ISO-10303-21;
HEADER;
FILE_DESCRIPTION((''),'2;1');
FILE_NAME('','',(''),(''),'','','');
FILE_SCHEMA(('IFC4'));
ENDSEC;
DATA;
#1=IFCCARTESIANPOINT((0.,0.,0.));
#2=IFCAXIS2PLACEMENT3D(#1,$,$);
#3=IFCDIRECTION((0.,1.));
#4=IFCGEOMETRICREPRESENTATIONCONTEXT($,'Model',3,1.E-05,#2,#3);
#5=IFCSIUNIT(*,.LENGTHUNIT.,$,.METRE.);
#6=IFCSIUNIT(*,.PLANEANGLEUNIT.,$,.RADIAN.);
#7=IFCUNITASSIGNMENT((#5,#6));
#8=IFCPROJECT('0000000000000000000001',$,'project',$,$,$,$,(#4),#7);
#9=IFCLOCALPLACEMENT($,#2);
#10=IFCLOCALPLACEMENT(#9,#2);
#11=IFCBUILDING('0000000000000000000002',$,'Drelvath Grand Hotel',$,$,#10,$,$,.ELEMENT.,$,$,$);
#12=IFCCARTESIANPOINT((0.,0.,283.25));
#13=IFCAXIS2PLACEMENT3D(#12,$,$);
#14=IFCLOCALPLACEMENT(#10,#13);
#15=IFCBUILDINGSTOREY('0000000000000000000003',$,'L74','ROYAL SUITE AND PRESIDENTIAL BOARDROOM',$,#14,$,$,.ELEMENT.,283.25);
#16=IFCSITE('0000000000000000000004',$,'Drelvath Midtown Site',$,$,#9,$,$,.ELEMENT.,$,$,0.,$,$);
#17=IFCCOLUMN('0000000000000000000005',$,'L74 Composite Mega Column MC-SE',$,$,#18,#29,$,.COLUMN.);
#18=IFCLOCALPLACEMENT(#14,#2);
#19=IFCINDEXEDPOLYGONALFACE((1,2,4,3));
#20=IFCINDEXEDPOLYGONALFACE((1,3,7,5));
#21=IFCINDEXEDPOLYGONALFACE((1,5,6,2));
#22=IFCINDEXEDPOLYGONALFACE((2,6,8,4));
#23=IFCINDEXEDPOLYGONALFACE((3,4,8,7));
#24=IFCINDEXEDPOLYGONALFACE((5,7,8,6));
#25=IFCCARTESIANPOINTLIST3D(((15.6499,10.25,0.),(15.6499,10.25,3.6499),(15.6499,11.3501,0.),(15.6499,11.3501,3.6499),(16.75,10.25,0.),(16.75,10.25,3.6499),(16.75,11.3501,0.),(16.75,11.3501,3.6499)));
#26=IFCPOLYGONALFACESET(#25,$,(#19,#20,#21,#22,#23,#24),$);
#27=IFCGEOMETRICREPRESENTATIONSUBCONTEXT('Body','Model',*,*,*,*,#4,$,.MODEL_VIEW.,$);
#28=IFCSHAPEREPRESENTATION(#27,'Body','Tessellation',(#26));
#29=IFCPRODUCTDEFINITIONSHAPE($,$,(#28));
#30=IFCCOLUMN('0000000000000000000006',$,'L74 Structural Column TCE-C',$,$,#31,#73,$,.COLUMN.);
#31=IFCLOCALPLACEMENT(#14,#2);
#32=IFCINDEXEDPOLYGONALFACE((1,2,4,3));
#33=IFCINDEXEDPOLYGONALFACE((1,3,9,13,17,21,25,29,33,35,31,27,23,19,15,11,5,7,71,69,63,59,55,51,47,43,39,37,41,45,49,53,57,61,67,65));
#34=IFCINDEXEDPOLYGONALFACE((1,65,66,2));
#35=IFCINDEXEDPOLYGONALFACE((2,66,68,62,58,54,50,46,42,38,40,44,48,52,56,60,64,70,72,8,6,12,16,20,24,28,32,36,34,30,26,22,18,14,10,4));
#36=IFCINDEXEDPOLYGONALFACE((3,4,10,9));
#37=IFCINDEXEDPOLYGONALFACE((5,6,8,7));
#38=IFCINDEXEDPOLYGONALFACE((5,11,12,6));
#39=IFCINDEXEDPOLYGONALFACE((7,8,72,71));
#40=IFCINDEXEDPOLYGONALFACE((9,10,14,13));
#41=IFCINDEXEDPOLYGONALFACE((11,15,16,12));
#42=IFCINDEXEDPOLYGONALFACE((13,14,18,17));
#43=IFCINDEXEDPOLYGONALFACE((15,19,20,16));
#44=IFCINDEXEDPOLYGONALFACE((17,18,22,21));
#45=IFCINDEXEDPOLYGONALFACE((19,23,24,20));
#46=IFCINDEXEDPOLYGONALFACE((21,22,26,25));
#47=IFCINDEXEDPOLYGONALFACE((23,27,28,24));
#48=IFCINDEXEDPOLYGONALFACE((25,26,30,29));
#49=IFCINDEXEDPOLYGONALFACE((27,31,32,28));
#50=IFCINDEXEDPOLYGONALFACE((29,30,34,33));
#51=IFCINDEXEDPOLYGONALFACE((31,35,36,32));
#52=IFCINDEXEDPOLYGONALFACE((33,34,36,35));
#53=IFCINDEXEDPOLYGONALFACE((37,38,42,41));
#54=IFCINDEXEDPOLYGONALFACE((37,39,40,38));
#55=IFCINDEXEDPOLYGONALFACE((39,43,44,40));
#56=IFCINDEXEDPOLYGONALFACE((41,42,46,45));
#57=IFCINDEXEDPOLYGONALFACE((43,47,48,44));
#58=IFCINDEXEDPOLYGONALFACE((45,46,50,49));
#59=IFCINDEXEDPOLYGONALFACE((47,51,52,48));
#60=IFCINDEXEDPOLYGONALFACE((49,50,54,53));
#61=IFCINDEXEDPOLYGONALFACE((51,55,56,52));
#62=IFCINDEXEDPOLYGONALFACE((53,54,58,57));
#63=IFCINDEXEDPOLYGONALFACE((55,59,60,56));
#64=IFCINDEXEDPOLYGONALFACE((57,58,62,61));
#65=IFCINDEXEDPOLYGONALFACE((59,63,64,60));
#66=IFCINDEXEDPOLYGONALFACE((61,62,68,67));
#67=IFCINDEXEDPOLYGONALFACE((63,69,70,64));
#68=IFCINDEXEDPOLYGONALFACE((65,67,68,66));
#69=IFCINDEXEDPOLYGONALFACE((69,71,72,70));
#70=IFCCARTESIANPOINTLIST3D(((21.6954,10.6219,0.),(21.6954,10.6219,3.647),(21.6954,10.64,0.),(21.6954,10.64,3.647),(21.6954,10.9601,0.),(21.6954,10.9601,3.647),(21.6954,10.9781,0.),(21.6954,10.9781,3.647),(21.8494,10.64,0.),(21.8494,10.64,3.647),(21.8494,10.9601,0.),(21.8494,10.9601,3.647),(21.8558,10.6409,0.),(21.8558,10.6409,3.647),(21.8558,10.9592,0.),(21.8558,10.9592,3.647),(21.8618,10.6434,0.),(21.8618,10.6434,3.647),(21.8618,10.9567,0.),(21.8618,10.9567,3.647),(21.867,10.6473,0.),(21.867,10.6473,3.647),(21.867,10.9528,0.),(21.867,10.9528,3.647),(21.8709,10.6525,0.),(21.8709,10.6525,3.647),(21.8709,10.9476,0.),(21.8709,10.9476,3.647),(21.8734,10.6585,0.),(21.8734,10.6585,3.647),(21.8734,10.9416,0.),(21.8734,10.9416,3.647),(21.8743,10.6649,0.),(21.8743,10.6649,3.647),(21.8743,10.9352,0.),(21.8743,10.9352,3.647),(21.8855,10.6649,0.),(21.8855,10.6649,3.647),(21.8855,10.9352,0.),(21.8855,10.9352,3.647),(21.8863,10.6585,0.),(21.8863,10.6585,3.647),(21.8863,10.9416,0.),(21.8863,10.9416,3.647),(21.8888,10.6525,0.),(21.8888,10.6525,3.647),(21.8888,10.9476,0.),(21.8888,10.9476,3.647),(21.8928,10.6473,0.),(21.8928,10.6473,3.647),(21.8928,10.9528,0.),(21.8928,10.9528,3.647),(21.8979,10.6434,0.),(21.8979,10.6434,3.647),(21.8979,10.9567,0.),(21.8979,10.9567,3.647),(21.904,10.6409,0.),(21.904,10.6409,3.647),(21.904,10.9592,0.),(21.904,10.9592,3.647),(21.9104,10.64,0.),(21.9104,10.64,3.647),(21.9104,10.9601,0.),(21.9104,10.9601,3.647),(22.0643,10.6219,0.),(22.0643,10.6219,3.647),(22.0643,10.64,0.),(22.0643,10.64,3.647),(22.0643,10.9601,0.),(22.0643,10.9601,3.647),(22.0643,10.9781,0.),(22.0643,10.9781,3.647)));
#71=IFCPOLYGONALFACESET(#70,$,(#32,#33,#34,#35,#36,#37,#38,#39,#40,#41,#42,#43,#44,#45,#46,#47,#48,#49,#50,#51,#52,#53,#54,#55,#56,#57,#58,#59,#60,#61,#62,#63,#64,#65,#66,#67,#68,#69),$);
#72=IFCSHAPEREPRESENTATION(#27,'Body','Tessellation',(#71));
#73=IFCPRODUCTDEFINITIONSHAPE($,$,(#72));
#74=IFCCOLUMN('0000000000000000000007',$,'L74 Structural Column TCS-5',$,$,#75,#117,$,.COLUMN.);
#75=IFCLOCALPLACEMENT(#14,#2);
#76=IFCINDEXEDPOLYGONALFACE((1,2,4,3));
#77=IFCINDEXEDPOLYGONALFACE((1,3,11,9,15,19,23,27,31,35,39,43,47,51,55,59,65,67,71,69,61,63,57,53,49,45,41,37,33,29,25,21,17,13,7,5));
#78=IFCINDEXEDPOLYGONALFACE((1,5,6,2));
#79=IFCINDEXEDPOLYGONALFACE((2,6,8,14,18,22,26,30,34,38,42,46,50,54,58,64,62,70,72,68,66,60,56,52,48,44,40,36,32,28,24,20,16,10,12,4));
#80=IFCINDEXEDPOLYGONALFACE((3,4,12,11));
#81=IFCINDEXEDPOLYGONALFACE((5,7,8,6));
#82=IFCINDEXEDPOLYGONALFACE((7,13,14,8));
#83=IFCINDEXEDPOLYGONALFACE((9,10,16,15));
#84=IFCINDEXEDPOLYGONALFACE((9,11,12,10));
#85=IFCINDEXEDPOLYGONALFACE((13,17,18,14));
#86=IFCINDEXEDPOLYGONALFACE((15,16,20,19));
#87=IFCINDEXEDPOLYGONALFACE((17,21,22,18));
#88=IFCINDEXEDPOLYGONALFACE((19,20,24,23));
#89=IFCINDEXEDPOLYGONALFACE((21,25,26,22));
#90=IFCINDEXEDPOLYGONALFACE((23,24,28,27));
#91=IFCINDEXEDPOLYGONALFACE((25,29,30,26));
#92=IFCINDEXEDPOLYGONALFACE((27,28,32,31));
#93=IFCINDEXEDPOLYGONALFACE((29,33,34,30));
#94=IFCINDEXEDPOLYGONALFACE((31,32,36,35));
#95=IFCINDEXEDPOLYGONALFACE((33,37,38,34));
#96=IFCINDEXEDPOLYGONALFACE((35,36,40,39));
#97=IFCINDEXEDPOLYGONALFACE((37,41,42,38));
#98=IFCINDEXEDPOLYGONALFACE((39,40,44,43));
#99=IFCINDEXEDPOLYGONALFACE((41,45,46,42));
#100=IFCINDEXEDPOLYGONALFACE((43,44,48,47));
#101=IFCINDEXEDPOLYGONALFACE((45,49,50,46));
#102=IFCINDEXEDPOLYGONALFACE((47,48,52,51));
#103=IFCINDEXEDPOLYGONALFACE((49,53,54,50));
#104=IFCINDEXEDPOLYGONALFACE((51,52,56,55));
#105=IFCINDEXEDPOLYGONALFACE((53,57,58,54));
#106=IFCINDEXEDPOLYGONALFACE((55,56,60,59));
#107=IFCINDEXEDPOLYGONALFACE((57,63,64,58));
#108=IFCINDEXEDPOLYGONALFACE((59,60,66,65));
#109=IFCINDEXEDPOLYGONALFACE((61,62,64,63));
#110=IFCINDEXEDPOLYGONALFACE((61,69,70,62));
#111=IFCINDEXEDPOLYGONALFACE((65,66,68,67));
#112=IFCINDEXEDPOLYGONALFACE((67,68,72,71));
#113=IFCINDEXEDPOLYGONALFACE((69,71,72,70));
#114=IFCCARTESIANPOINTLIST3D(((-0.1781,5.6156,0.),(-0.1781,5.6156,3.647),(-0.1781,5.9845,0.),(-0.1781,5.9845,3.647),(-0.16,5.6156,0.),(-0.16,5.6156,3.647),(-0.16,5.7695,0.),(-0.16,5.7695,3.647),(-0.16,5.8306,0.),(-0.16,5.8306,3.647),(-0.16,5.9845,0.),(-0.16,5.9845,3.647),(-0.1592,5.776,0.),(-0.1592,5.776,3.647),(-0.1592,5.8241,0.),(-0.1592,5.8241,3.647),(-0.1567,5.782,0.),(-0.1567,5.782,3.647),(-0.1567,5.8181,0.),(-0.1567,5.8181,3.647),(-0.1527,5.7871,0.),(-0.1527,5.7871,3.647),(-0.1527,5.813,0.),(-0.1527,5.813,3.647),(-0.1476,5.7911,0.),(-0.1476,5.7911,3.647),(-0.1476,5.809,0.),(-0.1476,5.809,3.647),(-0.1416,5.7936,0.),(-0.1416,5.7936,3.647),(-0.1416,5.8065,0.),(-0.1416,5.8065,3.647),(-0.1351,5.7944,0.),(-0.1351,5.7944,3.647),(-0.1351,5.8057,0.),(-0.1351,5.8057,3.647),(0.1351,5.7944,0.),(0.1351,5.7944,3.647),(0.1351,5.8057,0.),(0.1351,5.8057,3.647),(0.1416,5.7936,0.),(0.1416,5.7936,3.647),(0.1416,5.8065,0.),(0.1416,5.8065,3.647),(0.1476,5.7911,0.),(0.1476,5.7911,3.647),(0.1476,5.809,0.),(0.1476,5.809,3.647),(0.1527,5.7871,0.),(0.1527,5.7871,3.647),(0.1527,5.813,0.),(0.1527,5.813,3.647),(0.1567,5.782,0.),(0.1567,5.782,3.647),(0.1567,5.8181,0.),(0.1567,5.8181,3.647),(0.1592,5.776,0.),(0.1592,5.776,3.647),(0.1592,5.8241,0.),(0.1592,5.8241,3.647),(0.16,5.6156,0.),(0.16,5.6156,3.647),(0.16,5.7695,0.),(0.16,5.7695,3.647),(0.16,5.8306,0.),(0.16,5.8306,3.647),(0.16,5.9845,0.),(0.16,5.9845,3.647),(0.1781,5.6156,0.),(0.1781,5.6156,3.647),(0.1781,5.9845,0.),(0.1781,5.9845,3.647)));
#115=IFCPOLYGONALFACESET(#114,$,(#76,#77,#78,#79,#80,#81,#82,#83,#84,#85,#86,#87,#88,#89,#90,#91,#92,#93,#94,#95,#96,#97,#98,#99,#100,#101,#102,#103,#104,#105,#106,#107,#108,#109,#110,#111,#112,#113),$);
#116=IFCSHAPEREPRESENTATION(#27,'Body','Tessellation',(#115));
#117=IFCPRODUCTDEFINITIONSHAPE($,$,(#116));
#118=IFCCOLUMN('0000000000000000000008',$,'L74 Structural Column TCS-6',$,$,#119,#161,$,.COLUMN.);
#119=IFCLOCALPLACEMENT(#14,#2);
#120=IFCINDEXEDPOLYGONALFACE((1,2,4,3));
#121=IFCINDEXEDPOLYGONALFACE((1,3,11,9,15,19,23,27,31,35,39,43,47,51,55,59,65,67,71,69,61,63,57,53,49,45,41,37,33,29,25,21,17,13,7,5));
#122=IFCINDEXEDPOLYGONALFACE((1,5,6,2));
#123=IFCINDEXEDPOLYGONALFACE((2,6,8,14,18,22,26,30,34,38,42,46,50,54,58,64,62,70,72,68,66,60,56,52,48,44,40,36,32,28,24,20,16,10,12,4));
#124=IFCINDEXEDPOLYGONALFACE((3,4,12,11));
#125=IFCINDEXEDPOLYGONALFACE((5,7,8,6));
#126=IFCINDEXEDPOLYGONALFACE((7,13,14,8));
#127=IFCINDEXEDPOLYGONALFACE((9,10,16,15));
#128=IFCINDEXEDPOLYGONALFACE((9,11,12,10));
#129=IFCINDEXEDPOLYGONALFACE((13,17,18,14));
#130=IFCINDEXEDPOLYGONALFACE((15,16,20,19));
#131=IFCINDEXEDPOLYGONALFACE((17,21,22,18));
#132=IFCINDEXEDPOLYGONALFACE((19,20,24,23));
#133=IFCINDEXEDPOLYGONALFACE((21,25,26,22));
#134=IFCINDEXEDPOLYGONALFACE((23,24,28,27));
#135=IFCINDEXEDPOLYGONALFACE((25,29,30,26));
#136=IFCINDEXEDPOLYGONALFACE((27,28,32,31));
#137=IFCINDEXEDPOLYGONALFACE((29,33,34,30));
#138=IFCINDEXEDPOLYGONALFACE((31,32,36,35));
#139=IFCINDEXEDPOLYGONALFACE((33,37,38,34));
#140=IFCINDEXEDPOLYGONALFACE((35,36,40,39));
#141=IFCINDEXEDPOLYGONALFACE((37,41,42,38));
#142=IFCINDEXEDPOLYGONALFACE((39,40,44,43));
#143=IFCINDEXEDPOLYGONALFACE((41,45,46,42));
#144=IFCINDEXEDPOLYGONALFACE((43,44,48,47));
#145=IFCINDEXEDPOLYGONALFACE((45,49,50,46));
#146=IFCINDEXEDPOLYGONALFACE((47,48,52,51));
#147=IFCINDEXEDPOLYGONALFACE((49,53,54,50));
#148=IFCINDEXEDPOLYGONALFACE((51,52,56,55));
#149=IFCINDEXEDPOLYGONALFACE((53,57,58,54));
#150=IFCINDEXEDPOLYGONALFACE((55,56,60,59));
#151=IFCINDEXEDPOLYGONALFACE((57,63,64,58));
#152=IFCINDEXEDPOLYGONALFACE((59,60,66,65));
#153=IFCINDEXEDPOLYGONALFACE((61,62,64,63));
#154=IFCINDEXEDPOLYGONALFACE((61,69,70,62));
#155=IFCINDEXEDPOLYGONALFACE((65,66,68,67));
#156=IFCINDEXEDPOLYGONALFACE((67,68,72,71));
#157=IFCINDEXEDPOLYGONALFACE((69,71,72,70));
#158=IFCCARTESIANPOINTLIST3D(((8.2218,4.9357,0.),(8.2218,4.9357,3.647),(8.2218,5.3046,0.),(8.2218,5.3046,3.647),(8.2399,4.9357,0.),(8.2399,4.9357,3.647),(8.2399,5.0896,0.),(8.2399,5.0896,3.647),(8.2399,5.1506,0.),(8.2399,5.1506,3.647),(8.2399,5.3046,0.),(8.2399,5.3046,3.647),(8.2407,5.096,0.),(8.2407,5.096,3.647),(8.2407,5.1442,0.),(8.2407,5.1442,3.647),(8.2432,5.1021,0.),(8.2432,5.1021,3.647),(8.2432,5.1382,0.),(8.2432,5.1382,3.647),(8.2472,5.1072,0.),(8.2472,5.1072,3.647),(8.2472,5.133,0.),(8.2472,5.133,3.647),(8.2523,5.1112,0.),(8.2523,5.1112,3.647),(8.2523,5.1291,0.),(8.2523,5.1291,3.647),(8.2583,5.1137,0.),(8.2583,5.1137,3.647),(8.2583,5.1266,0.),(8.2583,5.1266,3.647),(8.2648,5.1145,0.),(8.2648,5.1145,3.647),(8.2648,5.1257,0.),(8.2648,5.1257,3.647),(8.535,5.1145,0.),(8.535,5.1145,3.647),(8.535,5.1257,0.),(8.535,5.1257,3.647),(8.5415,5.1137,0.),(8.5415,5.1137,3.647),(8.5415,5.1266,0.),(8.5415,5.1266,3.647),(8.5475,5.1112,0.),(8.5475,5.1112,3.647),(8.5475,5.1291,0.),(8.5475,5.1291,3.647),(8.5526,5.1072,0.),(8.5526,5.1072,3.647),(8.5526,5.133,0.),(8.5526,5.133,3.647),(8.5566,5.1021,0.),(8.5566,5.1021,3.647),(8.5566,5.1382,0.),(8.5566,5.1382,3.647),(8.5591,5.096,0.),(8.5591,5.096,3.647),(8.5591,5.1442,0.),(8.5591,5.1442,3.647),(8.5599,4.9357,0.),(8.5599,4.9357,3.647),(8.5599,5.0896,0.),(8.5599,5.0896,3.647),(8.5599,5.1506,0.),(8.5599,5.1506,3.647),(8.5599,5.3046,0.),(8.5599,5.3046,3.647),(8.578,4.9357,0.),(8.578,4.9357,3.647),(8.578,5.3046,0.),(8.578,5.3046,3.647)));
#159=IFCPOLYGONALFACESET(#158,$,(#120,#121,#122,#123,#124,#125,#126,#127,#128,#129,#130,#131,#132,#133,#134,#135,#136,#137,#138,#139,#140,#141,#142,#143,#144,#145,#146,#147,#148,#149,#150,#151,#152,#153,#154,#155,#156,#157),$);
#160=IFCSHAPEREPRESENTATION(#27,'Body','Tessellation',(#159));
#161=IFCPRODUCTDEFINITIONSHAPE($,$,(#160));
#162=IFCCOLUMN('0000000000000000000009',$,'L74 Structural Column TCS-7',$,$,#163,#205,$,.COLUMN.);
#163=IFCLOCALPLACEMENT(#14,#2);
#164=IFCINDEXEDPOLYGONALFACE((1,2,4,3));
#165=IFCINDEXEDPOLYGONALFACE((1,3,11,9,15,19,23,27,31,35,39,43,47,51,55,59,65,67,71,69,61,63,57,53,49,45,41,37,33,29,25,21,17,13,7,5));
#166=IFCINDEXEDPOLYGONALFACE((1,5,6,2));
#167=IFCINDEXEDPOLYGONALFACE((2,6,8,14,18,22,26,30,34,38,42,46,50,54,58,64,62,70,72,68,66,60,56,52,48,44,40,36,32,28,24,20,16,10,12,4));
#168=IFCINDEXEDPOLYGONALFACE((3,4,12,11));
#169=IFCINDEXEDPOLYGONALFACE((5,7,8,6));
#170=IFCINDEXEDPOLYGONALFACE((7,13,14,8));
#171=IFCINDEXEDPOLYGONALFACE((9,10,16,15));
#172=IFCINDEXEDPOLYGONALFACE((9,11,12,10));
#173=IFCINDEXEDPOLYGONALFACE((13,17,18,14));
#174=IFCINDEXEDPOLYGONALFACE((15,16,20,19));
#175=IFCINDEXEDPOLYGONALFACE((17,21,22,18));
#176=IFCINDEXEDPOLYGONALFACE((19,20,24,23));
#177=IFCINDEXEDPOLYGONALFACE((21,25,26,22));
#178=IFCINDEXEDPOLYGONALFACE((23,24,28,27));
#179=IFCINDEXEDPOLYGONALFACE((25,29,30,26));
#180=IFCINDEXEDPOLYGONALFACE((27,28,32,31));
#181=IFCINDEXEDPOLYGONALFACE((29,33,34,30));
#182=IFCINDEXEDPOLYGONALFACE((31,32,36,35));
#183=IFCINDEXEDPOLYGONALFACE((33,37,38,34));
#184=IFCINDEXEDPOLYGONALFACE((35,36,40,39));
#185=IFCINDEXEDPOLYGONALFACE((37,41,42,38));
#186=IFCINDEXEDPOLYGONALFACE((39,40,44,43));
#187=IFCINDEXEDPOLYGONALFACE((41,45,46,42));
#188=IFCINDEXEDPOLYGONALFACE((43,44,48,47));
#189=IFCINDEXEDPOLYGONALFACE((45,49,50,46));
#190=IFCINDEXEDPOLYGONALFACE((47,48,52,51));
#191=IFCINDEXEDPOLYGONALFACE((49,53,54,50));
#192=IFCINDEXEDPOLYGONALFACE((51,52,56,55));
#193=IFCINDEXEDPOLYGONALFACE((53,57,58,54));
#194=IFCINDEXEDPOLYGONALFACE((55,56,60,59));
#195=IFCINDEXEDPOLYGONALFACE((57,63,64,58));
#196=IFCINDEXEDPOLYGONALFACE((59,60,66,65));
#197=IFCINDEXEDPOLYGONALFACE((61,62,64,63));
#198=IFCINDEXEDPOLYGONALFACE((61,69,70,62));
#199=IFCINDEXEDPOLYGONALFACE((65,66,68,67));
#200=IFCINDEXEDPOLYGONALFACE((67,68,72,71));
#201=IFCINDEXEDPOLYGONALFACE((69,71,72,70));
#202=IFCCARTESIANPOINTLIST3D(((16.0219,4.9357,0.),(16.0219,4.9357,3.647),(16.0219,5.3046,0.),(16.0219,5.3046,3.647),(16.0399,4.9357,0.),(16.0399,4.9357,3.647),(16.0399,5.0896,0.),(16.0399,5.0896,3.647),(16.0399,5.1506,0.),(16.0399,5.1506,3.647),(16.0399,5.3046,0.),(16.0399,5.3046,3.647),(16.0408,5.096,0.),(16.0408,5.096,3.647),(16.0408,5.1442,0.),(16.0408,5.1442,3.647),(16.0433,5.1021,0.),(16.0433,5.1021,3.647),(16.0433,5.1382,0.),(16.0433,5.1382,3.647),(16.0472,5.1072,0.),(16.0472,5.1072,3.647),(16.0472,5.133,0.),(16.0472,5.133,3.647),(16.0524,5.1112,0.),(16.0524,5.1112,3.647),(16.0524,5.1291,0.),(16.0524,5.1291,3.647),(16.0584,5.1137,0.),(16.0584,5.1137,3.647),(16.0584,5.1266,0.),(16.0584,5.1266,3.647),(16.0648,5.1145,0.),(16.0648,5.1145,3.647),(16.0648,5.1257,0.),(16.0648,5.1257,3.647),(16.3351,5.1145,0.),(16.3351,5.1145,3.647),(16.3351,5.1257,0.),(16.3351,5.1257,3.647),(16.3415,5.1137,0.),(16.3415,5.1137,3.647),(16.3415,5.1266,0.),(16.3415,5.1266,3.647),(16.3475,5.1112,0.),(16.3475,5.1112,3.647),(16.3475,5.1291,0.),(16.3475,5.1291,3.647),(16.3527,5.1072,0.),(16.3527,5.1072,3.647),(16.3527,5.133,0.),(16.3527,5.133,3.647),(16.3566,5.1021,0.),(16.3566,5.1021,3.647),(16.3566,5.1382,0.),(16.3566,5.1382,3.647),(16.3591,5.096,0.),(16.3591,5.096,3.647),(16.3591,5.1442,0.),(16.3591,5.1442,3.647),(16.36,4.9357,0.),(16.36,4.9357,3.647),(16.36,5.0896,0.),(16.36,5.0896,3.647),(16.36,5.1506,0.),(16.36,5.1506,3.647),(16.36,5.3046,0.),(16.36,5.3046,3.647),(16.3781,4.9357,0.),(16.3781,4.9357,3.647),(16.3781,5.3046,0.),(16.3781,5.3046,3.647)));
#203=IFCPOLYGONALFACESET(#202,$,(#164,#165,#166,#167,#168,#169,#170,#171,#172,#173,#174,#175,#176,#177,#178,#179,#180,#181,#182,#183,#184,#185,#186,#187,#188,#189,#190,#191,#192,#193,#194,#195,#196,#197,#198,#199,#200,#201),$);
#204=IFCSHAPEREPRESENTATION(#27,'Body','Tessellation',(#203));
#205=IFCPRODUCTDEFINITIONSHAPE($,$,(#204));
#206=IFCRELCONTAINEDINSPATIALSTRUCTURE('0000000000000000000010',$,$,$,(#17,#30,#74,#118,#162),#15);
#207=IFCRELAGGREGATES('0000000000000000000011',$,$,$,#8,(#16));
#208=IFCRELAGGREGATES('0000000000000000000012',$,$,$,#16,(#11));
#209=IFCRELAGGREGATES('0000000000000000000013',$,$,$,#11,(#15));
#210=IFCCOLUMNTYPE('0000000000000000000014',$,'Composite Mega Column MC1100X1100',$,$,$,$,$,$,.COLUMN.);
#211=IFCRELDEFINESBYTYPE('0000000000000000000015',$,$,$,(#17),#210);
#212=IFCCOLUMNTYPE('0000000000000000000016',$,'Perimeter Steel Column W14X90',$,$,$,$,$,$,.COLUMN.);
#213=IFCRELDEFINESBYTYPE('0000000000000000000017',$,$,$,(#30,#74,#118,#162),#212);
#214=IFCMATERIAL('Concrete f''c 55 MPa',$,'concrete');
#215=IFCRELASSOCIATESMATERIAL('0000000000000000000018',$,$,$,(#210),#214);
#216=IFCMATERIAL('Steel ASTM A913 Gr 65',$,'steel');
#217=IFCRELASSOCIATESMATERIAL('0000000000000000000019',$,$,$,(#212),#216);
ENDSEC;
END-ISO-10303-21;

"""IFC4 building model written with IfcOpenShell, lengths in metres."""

from ifc_helpers import new_model, si_unit, direction, frame, origin, origin_2d, place, context, subcontext, project, spatial, rectangle, i_section, extrude, material, material_profile, profile_set, type_object, element, save


model = new_model("IFC4")

# Units and contexts
model_context = context("Model", 3, precision=1e-05, world=origin(), true_north=direction((0.0, 1.0)))
body_context = subcontext(model_context, "Body", "Model", "MODEL_VIEW")
ifc_project = project(units=[si_unit("LENGTHUNIT", "METRE"), si_unit("PLANEANGLEUNIT", "RADIAN")], contexts=[model_context])

# Site, building, storey
site_placement = place(None, origin())
site = spatial("IfcSite", under=ifc_project, at=site_placement, Name="Drelvath Midtown Site", CompositionType="ELEMENT", RefElevation=0.0)
building_placement = place(site_placement, origin())
building = spatial("IfcBuilding", under=site, at=building_placement, Name="Drelvath Grand Hotel", CompositionType="ELEMENT")
storey_placement = place(building_placement, frame((0.0, 0.0, 283.25)))
storey = spatial("IfcBuildingStorey", under=building, at=storey_placement, Name="L74", Description="ROYAL SUITE AND PRESIDENTIAL BOARDROOM", CompositionType="ELEMENT", Elevation=283.25)

# Columns
ifc_material_1 = material(Name="Concrete f'c 55 MPa", Category="concrete")
ifc_material_profile_1 = material_profile(ifc_material_1, rectangle(XDim=1.1001, YDim=1.1001, at=origin_2d()), Name="MC1100X1100")
ifc_profile_set_1 = profile_set([ifc_material_profile_1], Name="Concrete f'c 55 MPa")
column_type_1 = type_object("IfcColumnType", Name="Composite Mega Column MC1100X1100", PredefinedType="COLUMN", material=ifc_profile_set_1)
column_placement = place(storey_placement, frame((16.2, 10.8, 0.0), z_axis=(0.0, 0.0, 1.0), x_axis=(1.0, 0.0, 0.0)))
element("IfcColumn", 1, at=column_placement, inside=storey, type_object=column_type_1, Name="L74 Composite Mega Column MC-SE", PredefinedType="COLUMN", context=body_context, shape_type="SweptSolid", body=[
    extrude(rectangle(XDim=1.1001, YDim=1.1001, at=origin_2d()), origin(), (0.0, 0.0, 1.0), 3.6499),
])
ifc_material_2 = material(Name="Steel ASTM A913 Gr 65", Category="steel")
ifc_material_profile_2 = material_profile(ifc_material_2, i_section(OverallWidth=0.3689, OverallDepth=0.3562, WebThickness=0.0112, FlangeThickness=0.0181, FilletRadius=0.0249, at=origin_2d()), Name="W14X90")
ifc_profile_set_2 = profile_set([ifc_material_profile_2], Name="Steel ASTM A913 Gr 65")
column_type_2 = type_object("IfcColumnType", Name="Perimeter Steel Column W14X90", PredefinedType="COLUMN", material=ifc_profile_set_2)
for number, where, z_axis, x_axis, name in (
    (2, (21.8799, 10.8, 0.0), (0.0, 0.0, 1.0), (1.0, 0.0, 0.0), "L74 Structural Column TCE-C"),
    (3, (0.0, 5.8, 0.0), (0.0, 0.0, 1.0), (0.0, 1.0, 0.0), "L74 Structural Column TCS-5"),
    (4, (8.3999, 5.1201, 0.0), (0.0, 0.0, 1.0), (0.0, 1.0, 0.0), "L74 Structural Column TCS-6"),
    (5, (16.2, 5.1201, 0.0), (0.0, 0.0, 1.0), (0.0, 1.0, 0.0), "L74 Structural Column TCS-7"),
):
    element("IfcColumn", number, at=place(storey_placement, frame(where, z_axis=z_axis, x_axis=x_axis)), inside=storey, type_object=column_type_2, Name=name, PredefinedType="COLUMN", context=body_context, shape_type="SweptSolid", body=[
        extrude(i_section(OverallWidth=0.3689, OverallDepth=0.3562, WebThickness=0.0112, FlangeThickness=0.0181, FilletRadius=0.0249, at=origin_2d()), origin(), (0.0, 0.0, 1.0), 3.647),
    ])

save(model, "model.ifc")
